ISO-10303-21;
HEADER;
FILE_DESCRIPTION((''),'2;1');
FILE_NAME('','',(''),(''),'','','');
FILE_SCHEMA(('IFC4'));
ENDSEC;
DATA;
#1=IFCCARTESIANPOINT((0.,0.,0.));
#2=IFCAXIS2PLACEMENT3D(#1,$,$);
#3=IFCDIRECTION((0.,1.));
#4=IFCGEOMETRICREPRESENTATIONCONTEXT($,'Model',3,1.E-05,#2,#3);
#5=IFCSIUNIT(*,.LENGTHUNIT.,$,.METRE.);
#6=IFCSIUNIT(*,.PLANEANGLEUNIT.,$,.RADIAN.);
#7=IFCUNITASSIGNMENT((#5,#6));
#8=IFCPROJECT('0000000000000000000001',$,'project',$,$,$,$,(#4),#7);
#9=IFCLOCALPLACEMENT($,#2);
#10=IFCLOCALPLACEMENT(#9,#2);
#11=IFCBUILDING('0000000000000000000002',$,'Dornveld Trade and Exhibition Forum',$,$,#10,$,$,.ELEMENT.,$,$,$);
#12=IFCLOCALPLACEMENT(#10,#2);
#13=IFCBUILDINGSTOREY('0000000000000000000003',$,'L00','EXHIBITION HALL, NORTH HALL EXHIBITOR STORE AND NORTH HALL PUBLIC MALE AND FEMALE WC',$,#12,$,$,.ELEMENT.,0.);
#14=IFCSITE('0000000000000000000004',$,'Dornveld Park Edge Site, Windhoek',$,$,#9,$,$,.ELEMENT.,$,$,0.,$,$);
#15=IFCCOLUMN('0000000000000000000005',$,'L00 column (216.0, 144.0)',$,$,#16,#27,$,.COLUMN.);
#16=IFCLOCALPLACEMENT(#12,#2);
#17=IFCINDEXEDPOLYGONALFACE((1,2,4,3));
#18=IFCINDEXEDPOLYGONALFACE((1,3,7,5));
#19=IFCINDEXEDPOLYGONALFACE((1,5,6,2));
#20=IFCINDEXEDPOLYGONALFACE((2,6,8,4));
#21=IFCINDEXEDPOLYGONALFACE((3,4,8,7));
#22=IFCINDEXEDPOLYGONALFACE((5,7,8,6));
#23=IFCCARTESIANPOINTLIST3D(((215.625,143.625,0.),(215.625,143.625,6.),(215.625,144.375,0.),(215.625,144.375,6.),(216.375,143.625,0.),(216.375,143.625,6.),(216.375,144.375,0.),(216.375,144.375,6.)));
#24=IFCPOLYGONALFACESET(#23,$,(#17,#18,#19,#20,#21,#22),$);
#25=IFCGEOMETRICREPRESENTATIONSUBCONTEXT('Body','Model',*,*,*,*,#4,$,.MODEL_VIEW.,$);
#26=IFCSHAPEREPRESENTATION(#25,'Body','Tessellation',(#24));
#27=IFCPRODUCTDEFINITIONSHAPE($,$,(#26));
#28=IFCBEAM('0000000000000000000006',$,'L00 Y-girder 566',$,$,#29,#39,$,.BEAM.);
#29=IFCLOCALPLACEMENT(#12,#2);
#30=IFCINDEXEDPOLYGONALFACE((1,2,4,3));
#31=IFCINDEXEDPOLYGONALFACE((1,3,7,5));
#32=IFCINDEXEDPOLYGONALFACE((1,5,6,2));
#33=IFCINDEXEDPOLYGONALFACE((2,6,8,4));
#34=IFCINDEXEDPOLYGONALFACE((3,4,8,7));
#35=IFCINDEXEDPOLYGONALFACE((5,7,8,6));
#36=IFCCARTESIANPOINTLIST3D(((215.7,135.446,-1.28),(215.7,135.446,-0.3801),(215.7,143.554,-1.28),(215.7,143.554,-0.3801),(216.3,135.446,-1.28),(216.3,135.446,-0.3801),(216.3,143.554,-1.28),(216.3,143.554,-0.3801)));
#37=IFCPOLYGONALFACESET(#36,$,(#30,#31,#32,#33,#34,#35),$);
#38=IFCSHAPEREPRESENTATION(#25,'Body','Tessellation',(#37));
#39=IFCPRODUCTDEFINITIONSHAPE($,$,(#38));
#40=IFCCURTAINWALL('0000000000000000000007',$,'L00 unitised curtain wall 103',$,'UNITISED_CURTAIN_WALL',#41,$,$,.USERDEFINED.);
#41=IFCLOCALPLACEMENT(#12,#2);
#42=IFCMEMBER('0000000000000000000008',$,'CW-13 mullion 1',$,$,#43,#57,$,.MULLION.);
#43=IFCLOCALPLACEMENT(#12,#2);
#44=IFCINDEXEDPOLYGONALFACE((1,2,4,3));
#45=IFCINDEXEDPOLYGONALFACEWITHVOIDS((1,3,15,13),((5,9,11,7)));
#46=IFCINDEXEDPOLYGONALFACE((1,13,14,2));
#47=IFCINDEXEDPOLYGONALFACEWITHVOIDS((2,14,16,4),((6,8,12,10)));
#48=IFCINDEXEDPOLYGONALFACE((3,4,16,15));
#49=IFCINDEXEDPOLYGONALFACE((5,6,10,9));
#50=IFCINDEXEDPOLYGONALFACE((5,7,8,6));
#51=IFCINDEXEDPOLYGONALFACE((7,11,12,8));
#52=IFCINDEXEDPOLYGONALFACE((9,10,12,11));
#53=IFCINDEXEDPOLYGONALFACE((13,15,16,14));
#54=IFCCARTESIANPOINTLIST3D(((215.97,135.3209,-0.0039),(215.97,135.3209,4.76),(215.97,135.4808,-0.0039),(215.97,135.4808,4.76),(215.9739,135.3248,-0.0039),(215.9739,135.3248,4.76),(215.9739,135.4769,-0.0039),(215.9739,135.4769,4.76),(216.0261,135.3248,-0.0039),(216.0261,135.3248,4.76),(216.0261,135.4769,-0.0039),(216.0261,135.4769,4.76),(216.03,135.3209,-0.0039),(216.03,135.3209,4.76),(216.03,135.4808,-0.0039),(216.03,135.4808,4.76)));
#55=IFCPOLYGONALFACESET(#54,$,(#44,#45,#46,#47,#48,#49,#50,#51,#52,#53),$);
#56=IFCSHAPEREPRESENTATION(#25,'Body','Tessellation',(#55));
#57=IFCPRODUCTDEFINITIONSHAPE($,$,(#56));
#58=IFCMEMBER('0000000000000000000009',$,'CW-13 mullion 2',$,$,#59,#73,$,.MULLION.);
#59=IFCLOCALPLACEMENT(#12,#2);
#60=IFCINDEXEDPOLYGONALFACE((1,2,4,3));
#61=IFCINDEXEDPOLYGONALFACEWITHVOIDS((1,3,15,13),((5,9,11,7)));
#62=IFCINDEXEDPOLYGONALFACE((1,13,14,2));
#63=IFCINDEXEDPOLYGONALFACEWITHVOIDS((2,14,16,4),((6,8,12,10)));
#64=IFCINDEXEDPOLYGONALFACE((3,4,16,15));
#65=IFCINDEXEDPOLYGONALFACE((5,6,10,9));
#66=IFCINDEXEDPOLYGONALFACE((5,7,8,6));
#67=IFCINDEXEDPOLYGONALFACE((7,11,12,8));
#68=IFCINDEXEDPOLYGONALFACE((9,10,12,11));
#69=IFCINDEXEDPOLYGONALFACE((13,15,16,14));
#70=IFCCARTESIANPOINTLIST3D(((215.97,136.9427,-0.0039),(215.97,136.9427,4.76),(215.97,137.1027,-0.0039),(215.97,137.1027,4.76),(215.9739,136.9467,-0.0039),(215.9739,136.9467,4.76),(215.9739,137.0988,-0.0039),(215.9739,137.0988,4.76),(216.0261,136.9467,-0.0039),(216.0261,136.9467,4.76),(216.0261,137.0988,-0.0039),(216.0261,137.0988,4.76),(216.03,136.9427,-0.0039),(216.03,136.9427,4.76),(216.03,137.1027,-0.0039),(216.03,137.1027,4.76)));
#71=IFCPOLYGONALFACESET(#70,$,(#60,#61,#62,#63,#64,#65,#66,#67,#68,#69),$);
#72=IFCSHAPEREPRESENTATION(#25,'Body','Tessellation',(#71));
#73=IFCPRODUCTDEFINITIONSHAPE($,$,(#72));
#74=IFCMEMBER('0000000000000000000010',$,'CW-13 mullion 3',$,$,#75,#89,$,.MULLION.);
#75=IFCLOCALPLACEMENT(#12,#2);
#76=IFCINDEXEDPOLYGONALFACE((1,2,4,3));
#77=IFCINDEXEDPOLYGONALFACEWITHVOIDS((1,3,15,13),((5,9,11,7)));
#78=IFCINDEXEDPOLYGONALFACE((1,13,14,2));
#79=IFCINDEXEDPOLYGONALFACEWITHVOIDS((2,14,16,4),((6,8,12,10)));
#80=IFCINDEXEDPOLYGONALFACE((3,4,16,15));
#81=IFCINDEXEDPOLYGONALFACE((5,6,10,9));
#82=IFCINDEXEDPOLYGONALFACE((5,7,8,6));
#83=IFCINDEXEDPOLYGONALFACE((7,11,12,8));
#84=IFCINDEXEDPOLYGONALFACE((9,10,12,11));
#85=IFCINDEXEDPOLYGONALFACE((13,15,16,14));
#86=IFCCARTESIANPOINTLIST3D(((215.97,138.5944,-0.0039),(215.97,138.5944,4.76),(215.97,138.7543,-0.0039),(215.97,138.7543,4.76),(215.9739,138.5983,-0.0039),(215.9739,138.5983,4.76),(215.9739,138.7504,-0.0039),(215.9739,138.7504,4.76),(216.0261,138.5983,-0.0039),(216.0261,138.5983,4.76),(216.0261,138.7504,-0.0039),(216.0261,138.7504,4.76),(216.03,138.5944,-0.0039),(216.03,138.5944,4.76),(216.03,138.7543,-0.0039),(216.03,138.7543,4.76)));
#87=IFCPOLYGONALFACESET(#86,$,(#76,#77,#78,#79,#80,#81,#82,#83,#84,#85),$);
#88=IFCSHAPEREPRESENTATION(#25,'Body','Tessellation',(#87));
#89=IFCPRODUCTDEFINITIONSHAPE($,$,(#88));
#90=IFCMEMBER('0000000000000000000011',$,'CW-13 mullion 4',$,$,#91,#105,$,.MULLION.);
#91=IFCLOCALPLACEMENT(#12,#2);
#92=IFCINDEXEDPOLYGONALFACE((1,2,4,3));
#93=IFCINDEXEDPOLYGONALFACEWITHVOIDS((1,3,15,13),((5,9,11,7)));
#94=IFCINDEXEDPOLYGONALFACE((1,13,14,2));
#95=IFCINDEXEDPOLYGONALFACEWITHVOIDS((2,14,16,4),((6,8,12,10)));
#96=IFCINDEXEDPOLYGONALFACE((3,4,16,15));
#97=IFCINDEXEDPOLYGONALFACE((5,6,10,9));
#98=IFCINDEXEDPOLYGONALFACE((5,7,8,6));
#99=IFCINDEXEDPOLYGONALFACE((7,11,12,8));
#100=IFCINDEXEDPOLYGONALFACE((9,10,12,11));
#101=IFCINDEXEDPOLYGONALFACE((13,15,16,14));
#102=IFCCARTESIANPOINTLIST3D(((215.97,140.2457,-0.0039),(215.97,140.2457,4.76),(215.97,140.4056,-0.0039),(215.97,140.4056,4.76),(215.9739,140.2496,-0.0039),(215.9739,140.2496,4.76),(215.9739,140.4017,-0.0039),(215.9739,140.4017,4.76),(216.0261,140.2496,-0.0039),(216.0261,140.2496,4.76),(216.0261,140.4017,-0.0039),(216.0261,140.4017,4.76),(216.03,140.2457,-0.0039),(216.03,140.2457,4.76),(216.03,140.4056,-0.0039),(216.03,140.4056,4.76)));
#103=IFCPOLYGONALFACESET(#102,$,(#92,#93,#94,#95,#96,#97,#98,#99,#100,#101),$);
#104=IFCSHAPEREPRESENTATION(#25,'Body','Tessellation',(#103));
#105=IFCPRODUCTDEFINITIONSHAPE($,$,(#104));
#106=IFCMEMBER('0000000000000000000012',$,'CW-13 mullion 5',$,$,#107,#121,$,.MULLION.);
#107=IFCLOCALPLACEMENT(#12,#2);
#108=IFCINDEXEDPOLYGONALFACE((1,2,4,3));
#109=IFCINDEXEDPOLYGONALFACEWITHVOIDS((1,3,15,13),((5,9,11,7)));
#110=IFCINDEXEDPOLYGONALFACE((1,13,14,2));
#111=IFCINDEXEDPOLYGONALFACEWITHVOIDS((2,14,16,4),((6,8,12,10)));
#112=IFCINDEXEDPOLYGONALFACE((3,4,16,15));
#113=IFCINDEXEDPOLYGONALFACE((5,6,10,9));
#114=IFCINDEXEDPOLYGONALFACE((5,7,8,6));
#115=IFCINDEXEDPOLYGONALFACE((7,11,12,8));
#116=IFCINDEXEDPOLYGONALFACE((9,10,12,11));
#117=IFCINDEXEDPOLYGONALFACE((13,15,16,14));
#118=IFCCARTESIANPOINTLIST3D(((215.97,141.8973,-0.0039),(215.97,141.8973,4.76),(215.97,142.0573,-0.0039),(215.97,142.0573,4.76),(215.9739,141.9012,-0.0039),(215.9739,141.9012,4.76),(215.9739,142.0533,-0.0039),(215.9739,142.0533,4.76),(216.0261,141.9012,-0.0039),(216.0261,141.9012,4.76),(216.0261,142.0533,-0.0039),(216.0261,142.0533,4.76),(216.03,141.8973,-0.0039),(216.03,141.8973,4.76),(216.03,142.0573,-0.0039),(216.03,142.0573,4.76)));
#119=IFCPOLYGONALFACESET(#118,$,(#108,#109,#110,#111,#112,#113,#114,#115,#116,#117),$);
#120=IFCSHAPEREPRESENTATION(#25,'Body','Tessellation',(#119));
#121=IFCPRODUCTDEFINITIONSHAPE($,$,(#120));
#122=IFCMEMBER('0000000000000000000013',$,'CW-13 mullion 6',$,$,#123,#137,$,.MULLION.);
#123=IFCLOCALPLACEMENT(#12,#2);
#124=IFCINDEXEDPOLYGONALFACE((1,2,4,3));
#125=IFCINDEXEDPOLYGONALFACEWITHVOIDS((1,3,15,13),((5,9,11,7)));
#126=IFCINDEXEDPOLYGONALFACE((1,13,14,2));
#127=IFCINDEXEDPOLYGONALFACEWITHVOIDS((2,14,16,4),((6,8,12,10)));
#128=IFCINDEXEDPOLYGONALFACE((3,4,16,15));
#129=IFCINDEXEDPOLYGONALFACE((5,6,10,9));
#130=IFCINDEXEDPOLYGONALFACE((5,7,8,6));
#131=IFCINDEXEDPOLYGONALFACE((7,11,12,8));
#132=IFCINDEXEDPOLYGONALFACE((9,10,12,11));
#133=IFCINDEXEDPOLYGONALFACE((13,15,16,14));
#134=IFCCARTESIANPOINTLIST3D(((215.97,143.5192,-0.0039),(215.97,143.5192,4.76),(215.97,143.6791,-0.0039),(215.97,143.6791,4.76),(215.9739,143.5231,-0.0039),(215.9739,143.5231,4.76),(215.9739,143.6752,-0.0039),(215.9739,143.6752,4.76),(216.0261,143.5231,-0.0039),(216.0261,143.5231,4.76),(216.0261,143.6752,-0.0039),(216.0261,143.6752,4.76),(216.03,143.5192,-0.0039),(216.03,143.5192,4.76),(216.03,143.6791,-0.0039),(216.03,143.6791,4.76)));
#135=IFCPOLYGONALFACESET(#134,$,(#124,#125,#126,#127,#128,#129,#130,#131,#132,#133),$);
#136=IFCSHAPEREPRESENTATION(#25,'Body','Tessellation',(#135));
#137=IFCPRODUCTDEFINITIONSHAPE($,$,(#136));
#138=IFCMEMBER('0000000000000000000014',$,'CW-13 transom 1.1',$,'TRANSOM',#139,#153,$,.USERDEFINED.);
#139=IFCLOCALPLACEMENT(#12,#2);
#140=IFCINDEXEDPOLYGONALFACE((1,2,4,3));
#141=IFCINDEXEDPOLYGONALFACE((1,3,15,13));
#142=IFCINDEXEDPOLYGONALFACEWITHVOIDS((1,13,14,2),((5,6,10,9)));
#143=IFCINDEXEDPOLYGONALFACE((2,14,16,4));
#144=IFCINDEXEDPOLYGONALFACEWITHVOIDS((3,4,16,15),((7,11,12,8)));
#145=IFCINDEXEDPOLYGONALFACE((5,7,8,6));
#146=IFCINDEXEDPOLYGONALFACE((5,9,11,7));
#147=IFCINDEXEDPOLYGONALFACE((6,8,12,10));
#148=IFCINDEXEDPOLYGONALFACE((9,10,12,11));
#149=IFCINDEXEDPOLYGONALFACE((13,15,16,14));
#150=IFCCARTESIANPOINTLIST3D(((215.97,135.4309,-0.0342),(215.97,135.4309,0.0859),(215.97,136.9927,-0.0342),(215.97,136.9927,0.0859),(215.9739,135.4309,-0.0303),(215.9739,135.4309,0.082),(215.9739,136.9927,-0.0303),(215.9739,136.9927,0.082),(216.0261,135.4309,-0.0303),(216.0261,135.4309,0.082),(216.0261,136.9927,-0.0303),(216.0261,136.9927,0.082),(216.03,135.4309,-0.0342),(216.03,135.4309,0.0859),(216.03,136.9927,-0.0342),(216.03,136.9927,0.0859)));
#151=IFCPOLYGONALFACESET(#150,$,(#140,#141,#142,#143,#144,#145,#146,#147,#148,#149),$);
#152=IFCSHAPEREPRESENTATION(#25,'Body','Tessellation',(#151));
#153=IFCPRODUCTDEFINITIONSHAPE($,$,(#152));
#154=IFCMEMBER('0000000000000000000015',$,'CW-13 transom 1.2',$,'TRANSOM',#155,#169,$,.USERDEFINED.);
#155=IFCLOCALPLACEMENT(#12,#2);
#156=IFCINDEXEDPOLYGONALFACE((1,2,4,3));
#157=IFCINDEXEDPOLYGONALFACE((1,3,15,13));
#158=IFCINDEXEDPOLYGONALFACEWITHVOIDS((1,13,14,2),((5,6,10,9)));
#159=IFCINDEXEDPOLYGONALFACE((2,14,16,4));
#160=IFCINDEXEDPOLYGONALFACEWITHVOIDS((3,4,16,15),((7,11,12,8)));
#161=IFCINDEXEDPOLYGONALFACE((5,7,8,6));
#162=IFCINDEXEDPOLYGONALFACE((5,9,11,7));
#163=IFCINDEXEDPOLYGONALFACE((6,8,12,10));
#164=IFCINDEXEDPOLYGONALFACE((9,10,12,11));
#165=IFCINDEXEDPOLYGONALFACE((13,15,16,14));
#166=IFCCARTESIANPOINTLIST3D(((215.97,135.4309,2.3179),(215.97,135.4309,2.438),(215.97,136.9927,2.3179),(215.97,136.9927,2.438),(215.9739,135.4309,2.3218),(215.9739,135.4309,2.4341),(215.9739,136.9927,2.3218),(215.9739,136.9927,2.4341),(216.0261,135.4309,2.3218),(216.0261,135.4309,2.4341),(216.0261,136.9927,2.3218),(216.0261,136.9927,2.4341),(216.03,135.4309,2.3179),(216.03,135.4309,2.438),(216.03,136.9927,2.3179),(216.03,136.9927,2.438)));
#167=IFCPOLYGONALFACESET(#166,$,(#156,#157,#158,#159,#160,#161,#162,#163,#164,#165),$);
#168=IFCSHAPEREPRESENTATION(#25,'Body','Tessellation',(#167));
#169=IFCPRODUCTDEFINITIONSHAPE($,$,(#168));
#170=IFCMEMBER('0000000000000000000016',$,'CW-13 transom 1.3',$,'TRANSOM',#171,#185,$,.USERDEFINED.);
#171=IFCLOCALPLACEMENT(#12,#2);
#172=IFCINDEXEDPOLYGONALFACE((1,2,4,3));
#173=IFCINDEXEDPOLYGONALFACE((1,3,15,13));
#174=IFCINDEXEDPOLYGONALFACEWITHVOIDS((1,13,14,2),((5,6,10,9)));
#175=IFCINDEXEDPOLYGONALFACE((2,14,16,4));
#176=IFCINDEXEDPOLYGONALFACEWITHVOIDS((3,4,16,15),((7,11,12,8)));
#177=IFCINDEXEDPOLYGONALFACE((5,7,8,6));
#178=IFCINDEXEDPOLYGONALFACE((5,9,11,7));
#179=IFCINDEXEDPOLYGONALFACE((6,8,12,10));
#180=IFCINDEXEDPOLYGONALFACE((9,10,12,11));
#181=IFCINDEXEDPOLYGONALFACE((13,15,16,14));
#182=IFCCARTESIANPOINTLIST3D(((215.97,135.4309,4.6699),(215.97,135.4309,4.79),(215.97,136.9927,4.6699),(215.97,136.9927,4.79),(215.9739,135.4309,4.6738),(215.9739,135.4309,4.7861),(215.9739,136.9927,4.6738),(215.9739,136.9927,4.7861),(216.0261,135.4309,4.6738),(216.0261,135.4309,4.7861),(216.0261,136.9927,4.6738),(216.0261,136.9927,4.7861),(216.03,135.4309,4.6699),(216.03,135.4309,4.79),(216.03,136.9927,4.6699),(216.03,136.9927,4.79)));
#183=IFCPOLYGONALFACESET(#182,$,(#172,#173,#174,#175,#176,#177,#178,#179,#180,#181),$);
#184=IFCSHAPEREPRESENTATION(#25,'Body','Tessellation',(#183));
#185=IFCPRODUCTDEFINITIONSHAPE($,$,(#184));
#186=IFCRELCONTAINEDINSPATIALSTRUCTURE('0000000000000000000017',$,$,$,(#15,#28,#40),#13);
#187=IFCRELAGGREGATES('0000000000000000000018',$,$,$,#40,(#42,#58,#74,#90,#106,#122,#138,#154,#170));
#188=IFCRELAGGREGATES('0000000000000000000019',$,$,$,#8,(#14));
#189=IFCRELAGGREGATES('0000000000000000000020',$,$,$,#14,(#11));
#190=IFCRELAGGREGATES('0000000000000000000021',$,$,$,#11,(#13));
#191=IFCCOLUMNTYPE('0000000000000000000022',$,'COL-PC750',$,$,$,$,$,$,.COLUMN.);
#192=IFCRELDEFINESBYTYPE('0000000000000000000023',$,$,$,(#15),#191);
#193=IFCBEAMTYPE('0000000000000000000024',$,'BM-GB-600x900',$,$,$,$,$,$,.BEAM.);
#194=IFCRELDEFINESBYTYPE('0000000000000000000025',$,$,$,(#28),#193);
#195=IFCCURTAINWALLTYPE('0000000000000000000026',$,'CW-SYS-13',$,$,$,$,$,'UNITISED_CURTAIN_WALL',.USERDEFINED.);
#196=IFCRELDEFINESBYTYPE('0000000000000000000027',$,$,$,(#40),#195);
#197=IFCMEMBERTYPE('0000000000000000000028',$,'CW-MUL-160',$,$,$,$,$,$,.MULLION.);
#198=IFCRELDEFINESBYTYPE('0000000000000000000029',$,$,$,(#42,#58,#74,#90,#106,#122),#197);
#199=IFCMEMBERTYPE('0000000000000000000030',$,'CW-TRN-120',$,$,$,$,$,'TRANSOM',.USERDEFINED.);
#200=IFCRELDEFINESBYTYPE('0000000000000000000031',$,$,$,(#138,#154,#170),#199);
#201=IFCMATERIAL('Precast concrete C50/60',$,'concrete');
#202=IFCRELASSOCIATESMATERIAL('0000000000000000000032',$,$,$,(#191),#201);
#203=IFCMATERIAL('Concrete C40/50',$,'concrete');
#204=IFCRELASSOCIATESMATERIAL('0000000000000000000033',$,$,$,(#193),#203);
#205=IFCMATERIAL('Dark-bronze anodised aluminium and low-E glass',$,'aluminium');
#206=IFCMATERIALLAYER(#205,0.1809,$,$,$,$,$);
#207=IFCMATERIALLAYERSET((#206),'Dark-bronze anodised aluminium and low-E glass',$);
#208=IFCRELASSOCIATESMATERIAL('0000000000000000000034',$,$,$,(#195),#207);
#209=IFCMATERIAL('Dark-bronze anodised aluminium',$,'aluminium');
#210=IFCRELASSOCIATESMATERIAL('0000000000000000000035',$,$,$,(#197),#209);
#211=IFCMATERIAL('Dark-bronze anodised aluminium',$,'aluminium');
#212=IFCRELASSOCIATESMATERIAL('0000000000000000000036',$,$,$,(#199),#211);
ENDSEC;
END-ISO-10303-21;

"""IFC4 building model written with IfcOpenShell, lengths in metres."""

from ifc_helpers import new_model, si_unit, direction, frame, origin, origin_2d, place, context, subcontext, project, spatial, rectangle, hollow_rectangle, extrude, material, layer, layer_set, material_profile, profile_set, type_object, element, aggregate, save


model = new_model("IFC4")

# Units and contexts
model_context = context("Model", 3, precision=1e-05, world=origin(), true_north=direction((0.0, 1.0)))
body_context = subcontext(model_context, "Body", "Model", "MODEL_VIEW")
ifc_project = project(units=[si_unit("LENGTHUNIT", "METRE"), si_unit("PLANEANGLEUNIT", "RADIAN")], contexts=[model_context])

# Site, building, storey
site_placement = place(None, origin())
site = spatial("IfcSite", under=ifc_project, at=site_placement, Name="Dornveld Park Edge Site, Windhoek", CompositionType="ELEMENT", RefElevation=0.0)
building_placement = place(site_placement, origin())
building = spatial("IfcBuilding", under=site, at=building_placement, Name="Dornveld Trade and Exhibition Forum", CompositionType="ELEMENT")
storey_placement = place(building_placement, origin())
storey = spatial("IfcBuildingStorey", under=building, at=storey_placement, Name="L00", Description="EXHIBITION HALL, NORTH HALL EXHIBITOR STORE AND NORTH HALL PUBLIC MALE AND FEMALE WC", CompositionType="ELEMENT", Elevation=0.0)

# Column
ifc_material_1 = material(Name="Precast concrete C50/60", Category="concrete")
ifc_material_profile_1 = material_profile(ifc_material_1, rectangle(XDim=0.75, YDim=0.75, at=origin_2d()), Name="PC-COL 750x750")
ifc_profile_set_1 = profile_set([ifc_material_profile_1], Name="Precast concrete C50/60")
column_type = type_object("IfcColumnType", Name="COL-PC750", PredefinedType="COLUMN", material=ifc_profile_set_1)
column_placement = place(storey_placement, frame((216.0, 144.0, 0.0), z_axis=(0.0, 0.0, 1.0), x_axis=(1.0, 0.0, 0.0)))
element("IfcColumn", 1, at=column_placement, inside=storey, type_object=column_type, Name="L00 column (216.0, 144.0)", PredefinedType="COLUMN", context=body_context, shape_type="SweptSolid", body=[
    extrude(rectangle(XDim=0.75, YDim=0.75, at=origin_2d()), origin(), (0.0, 0.0, 1.0), 6.0),
])

# Beam
ifc_material_2 = material(Name="Concrete C40/50", Category="concrete")
ifc_material_profile_2 = material_profile(ifc_material_2, rectangle(XDim=0.6001, YDim=0.8999, at=origin_2d()), Name="RC-GB 600x900")
ifc_profile_set_2 = profile_set([ifc_material_profile_2], Name="Concrete C40/50")
beam_type = type_object("IfcBeamType", Name="BM-GB-600x900", PredefinedType="BEAM", material=ifc_profile_set_2)
beam_placement = place(storey_placement, frame((216.0, 135.446, -0.8301), z_axis=(0.0, 1.0, 0.0), x_axis=(-1.0, 0.0, 0.0)))
element("IfcBeam", 2, at=beam_placement, inside=storey, type_object=beam_type, Name="L00 Y-girder 566", PredefinedType="BEAM", context=body_context, shape_type="SweptSolid", body=[
    extrude(rectangle(XDim=0.6001, YDim=0.8999, at=origin_2d()), origin(), (0.0, 0.0, 1.0), 8.1079),
])

# Curtain wall, members
ifc_material_3 = material(Name="Dark-bronze anodised aluminium and low-E glass", Category="aluminium")
ifc_layer_1 = layer(ifc_material_3, 0.1809)
ifc_layer_set_1 = layer_set([ifc_layer_1], Name="Dark-bronze anodised aluminium and low-E glass")
curtain_wall_type = type_object("IfcCurtainWallType", Name="CW-SYS-13", ElementType="UNITISED_CURTAIN_WALL", PredefinedType="USERDEFINED", material=ifc_layer_set_1)
curtain_wall_placement = place(storey_placement, origin())
curtain_wall = element("IfcCurtainWall", 3, at=curtain_wall_placement, inside=storey, type_object=curtain_wall_type, Name="L00 unitised curtain wall 103", ObjectType="UNITISED_CURTAIN_WALL", PredefinedType="USERDEFINED")
ifc_material_4 = material(Name="Dark-bronze anodised aluminium", Category="aluminium")
ifc_material_profile_3 = material_profile(ifc_material_4, hollow_rectangle(XDim=0.0601, YDim=0.1599, WallThickness=0.0039, at=origin_2d()), Name="RHS 160x60x4")
ifc_profile_set_3 = profile_set([ifc_material_profile_3], Name="Dark-bronze anodised aluminium")
member_type_1 = type_object("IfcMemberType", Name="CW-MUL-160", PredefinedType="MULLION", material=ifc_profile_set_3)
member_1_placement = place(storey_placement, frame((216.0, 135.4009, -0.0039), z_axis=(0.0, 0.0, 1.0), x_axis=(-1.0, 0.0, 0.0)))
member_1 = element("IfcMember", 4, at=member_1_placement, type_object=member_type_1, Name="CW-13 mullion 1", PredefinedType="MULLION", context=body_context, shape_type="SweptSolid", body=[
    extrude(hollow_rectangle(XDim=0.0601, YDim=0.1599, WallThickness=0.0039, at=origin_2d()), origin(), (0.0, 0.0, 1.0), 4.7639),
])
member_2_placement = place(storey_placement, frame((216.0, 137.0227, -0.0039), z_axis=(0.0, 0.0, 1.0), x_axis=(-1.0, 0.0, 0.0)))
member_2 = element("IfcMember", 5, at=member_2_placement, type_object=member_type_1, Name="CW-13 mullion 2", PredefinedType="MULLION", context=body_context, shape_type="SweptSolid", body=[
    extrude(hollow_rectangle(XDim=0.0601, YDim=0.1599, WallThickness=0.0039, at=origin_2d()), origin(), (0.0, 0.0, 1.0), 4.7639),
])
member_3_placement = place(storey_placement, frame((216.0, 138.6743, -0.0039), z_axis=(0.0, 0.0, 1.0), x_axis=(-1.0, 0.0, 0.0)))
member_3 = element("IfcMember", 6, at=member_3_placement, type_object=member_type_1, Name="CW-13 mullion 3", PredefinedType="MULLION", context=body_context, shape_type="SweptSolid", body=[
    extrude(hollow_rectangle(XDim=0.0601, YDim=0.1599, WallThickness=0.0039, at=origin_2d()), origin(), (0.0, 0.0, 1.0), 4.7639),
])
member_4_placement = place(storey_placement, frame((216.0, 140.3257, -0.0039), z_axis=(0.0, 0.0, 1.0), x_axis=(-1.0, 0.0, 0.0)))
member_4 = element("IfcMember", 7, at=member_4_placement, type_object=member_type_1, Name="CW-13 mullion 4", PredefinedType="MULLION", context=body_context, shape_type="SweptSolid", body=[
    extrude(hollow_rectangle(XDim=0.0601, YDim=0.1599, WallThickness=0.0039, at=origin_2d()), origin(), (0.0, 0.0, 1.0), 4.7639),
])
member_5_placement = place(storey_placement, frame((216.0, 141.9773, -0.0039), z_axis=(0.0, 0.0, 1.0), x_axis=(-1.0, 0.0, 0.0)))
member_5 = element("IfcMember", 8, at=member_5_placement, type_object=member_type_1, Name="CW-13 mullion 5", PredefinedType="MULLION", context=body_context, shape_type="SweptSolid", body=[
    extrude(hollow_rectangle(XDim=0.0601, YDim=0.1599, WallThickness=0.0039, at=origin_2d()), origin(), (0.0, 0.0, 1.0), 4.7639),
])
member_6_placement = place(storey_placement, frame((216.0, 143.5991, -0.0039), z_axis=(0.0, 0.0, 1.0), x_axis=(-1.0, 0.0, 0.0)))
member_6 = element("IfcMember", 9, at=member_6_placement, type_object=member_type_1, Name="CW-13 mullion 6", PredefinedType="MULLION", context=body_context, shape_type="SweptSolid", body=[
    extrude(hollow_rectangle(XDim=0.0601, YDim=0.1599, WallThickness=0.0039, at=origin_2d()), origin(), (0.0, 0.0, 1.0), 4.7639),
])
ifc_material_5 = material(Name="Dark-bronze anodised aluminium", Category="aluminium")
ifc_material_profile_4 = material_profile(ifc_material_5, hollow_rectangle(XDim=0.0601, YDim=0.1201, WallThickness=0.0039, at=origin_2d()), Name="RHS 120x60x4")
ifc_profile_set_4 = profile_set([ifc_material_profile_4], Name="Dark-bronze anodised aluminium")
member_type_2 = type_object("IfcMemberType", Name="CW-TRN-120", ElementType="TRANSOM", PredefinedType="USERDEFINED", material=ifc_profile_set_4)
member_7_placement = place(storey_placement, frame((216.0, 135.4309, 0.0259), z_axis=(0.0, 1.0, 0.0), x_axis=(-1.0, 0.0, 0.0)))
member_7 = element("IfcMember", 10, at=member_7_placement, type_object=member_type_2, Name="CW-13 transom 1.1", ObjectType="TRANSOM", PredefinedType="USERDEFINED", context=body_context, shape_type="SweptSolid", body=[
    extrude(hollow_rectangle(XDim=0.0601, YDim=0.1201, WallThickness=0.0039, at=origin_2d()), origin(), (0.0, 0.0, 1.0), 1.5618),
])
member_8_placement = place(storey_placement, frame((216.0, 135.4309, 2.3779), z_axis=(0.0, 1.0, 0.0), x_axis=(-1.0, 0.0, 0.0)))
member_8 = element("IfcMember", 11, at=member_8_placement, type_object=member_type_2, Name="CW-13 transom 1.2", ObjectType="TRANSOM", PredefinedType="USERDEFINED", context=body_context, shape_type="SweptSolid", body=[
    extrude(hollow_rectangle(XDim=0.0601, YDim=0.1201, WallThickness=0.0039, at=origin_2d()), origin(), (0.0, 0.0, 1.0), 1.5618),
])
member_9_placement = place(storey_placement, frame((216.0, 135.4309, 4.73), z_axis=(0.0, 1.0, 0.0), x_axis=(-1.0, 0.0, 0.0)))
member_9 = element("IfcMember", 12, at=member_9_placement, type_object=member_type_2, Name="CW-13 transom 1.3", ObjectType="TRANSOM", PredefinedType="USERDEFINED", context=body_context, shape_type="SweptSolid", body=[
    extrude(hollow_rectangle(XDim=0.0601, YDim=0.1201, WallThickness=0.0039, at=origin_2d()), origin(), (0.0, 0.0, 1.0), 1.5618),
])
aggregate(curtain_wall, [member_1, member_2, member_3, member_4, member_5, member_6, member_7, member_8, member_9])

save(model, "model.ifc")
